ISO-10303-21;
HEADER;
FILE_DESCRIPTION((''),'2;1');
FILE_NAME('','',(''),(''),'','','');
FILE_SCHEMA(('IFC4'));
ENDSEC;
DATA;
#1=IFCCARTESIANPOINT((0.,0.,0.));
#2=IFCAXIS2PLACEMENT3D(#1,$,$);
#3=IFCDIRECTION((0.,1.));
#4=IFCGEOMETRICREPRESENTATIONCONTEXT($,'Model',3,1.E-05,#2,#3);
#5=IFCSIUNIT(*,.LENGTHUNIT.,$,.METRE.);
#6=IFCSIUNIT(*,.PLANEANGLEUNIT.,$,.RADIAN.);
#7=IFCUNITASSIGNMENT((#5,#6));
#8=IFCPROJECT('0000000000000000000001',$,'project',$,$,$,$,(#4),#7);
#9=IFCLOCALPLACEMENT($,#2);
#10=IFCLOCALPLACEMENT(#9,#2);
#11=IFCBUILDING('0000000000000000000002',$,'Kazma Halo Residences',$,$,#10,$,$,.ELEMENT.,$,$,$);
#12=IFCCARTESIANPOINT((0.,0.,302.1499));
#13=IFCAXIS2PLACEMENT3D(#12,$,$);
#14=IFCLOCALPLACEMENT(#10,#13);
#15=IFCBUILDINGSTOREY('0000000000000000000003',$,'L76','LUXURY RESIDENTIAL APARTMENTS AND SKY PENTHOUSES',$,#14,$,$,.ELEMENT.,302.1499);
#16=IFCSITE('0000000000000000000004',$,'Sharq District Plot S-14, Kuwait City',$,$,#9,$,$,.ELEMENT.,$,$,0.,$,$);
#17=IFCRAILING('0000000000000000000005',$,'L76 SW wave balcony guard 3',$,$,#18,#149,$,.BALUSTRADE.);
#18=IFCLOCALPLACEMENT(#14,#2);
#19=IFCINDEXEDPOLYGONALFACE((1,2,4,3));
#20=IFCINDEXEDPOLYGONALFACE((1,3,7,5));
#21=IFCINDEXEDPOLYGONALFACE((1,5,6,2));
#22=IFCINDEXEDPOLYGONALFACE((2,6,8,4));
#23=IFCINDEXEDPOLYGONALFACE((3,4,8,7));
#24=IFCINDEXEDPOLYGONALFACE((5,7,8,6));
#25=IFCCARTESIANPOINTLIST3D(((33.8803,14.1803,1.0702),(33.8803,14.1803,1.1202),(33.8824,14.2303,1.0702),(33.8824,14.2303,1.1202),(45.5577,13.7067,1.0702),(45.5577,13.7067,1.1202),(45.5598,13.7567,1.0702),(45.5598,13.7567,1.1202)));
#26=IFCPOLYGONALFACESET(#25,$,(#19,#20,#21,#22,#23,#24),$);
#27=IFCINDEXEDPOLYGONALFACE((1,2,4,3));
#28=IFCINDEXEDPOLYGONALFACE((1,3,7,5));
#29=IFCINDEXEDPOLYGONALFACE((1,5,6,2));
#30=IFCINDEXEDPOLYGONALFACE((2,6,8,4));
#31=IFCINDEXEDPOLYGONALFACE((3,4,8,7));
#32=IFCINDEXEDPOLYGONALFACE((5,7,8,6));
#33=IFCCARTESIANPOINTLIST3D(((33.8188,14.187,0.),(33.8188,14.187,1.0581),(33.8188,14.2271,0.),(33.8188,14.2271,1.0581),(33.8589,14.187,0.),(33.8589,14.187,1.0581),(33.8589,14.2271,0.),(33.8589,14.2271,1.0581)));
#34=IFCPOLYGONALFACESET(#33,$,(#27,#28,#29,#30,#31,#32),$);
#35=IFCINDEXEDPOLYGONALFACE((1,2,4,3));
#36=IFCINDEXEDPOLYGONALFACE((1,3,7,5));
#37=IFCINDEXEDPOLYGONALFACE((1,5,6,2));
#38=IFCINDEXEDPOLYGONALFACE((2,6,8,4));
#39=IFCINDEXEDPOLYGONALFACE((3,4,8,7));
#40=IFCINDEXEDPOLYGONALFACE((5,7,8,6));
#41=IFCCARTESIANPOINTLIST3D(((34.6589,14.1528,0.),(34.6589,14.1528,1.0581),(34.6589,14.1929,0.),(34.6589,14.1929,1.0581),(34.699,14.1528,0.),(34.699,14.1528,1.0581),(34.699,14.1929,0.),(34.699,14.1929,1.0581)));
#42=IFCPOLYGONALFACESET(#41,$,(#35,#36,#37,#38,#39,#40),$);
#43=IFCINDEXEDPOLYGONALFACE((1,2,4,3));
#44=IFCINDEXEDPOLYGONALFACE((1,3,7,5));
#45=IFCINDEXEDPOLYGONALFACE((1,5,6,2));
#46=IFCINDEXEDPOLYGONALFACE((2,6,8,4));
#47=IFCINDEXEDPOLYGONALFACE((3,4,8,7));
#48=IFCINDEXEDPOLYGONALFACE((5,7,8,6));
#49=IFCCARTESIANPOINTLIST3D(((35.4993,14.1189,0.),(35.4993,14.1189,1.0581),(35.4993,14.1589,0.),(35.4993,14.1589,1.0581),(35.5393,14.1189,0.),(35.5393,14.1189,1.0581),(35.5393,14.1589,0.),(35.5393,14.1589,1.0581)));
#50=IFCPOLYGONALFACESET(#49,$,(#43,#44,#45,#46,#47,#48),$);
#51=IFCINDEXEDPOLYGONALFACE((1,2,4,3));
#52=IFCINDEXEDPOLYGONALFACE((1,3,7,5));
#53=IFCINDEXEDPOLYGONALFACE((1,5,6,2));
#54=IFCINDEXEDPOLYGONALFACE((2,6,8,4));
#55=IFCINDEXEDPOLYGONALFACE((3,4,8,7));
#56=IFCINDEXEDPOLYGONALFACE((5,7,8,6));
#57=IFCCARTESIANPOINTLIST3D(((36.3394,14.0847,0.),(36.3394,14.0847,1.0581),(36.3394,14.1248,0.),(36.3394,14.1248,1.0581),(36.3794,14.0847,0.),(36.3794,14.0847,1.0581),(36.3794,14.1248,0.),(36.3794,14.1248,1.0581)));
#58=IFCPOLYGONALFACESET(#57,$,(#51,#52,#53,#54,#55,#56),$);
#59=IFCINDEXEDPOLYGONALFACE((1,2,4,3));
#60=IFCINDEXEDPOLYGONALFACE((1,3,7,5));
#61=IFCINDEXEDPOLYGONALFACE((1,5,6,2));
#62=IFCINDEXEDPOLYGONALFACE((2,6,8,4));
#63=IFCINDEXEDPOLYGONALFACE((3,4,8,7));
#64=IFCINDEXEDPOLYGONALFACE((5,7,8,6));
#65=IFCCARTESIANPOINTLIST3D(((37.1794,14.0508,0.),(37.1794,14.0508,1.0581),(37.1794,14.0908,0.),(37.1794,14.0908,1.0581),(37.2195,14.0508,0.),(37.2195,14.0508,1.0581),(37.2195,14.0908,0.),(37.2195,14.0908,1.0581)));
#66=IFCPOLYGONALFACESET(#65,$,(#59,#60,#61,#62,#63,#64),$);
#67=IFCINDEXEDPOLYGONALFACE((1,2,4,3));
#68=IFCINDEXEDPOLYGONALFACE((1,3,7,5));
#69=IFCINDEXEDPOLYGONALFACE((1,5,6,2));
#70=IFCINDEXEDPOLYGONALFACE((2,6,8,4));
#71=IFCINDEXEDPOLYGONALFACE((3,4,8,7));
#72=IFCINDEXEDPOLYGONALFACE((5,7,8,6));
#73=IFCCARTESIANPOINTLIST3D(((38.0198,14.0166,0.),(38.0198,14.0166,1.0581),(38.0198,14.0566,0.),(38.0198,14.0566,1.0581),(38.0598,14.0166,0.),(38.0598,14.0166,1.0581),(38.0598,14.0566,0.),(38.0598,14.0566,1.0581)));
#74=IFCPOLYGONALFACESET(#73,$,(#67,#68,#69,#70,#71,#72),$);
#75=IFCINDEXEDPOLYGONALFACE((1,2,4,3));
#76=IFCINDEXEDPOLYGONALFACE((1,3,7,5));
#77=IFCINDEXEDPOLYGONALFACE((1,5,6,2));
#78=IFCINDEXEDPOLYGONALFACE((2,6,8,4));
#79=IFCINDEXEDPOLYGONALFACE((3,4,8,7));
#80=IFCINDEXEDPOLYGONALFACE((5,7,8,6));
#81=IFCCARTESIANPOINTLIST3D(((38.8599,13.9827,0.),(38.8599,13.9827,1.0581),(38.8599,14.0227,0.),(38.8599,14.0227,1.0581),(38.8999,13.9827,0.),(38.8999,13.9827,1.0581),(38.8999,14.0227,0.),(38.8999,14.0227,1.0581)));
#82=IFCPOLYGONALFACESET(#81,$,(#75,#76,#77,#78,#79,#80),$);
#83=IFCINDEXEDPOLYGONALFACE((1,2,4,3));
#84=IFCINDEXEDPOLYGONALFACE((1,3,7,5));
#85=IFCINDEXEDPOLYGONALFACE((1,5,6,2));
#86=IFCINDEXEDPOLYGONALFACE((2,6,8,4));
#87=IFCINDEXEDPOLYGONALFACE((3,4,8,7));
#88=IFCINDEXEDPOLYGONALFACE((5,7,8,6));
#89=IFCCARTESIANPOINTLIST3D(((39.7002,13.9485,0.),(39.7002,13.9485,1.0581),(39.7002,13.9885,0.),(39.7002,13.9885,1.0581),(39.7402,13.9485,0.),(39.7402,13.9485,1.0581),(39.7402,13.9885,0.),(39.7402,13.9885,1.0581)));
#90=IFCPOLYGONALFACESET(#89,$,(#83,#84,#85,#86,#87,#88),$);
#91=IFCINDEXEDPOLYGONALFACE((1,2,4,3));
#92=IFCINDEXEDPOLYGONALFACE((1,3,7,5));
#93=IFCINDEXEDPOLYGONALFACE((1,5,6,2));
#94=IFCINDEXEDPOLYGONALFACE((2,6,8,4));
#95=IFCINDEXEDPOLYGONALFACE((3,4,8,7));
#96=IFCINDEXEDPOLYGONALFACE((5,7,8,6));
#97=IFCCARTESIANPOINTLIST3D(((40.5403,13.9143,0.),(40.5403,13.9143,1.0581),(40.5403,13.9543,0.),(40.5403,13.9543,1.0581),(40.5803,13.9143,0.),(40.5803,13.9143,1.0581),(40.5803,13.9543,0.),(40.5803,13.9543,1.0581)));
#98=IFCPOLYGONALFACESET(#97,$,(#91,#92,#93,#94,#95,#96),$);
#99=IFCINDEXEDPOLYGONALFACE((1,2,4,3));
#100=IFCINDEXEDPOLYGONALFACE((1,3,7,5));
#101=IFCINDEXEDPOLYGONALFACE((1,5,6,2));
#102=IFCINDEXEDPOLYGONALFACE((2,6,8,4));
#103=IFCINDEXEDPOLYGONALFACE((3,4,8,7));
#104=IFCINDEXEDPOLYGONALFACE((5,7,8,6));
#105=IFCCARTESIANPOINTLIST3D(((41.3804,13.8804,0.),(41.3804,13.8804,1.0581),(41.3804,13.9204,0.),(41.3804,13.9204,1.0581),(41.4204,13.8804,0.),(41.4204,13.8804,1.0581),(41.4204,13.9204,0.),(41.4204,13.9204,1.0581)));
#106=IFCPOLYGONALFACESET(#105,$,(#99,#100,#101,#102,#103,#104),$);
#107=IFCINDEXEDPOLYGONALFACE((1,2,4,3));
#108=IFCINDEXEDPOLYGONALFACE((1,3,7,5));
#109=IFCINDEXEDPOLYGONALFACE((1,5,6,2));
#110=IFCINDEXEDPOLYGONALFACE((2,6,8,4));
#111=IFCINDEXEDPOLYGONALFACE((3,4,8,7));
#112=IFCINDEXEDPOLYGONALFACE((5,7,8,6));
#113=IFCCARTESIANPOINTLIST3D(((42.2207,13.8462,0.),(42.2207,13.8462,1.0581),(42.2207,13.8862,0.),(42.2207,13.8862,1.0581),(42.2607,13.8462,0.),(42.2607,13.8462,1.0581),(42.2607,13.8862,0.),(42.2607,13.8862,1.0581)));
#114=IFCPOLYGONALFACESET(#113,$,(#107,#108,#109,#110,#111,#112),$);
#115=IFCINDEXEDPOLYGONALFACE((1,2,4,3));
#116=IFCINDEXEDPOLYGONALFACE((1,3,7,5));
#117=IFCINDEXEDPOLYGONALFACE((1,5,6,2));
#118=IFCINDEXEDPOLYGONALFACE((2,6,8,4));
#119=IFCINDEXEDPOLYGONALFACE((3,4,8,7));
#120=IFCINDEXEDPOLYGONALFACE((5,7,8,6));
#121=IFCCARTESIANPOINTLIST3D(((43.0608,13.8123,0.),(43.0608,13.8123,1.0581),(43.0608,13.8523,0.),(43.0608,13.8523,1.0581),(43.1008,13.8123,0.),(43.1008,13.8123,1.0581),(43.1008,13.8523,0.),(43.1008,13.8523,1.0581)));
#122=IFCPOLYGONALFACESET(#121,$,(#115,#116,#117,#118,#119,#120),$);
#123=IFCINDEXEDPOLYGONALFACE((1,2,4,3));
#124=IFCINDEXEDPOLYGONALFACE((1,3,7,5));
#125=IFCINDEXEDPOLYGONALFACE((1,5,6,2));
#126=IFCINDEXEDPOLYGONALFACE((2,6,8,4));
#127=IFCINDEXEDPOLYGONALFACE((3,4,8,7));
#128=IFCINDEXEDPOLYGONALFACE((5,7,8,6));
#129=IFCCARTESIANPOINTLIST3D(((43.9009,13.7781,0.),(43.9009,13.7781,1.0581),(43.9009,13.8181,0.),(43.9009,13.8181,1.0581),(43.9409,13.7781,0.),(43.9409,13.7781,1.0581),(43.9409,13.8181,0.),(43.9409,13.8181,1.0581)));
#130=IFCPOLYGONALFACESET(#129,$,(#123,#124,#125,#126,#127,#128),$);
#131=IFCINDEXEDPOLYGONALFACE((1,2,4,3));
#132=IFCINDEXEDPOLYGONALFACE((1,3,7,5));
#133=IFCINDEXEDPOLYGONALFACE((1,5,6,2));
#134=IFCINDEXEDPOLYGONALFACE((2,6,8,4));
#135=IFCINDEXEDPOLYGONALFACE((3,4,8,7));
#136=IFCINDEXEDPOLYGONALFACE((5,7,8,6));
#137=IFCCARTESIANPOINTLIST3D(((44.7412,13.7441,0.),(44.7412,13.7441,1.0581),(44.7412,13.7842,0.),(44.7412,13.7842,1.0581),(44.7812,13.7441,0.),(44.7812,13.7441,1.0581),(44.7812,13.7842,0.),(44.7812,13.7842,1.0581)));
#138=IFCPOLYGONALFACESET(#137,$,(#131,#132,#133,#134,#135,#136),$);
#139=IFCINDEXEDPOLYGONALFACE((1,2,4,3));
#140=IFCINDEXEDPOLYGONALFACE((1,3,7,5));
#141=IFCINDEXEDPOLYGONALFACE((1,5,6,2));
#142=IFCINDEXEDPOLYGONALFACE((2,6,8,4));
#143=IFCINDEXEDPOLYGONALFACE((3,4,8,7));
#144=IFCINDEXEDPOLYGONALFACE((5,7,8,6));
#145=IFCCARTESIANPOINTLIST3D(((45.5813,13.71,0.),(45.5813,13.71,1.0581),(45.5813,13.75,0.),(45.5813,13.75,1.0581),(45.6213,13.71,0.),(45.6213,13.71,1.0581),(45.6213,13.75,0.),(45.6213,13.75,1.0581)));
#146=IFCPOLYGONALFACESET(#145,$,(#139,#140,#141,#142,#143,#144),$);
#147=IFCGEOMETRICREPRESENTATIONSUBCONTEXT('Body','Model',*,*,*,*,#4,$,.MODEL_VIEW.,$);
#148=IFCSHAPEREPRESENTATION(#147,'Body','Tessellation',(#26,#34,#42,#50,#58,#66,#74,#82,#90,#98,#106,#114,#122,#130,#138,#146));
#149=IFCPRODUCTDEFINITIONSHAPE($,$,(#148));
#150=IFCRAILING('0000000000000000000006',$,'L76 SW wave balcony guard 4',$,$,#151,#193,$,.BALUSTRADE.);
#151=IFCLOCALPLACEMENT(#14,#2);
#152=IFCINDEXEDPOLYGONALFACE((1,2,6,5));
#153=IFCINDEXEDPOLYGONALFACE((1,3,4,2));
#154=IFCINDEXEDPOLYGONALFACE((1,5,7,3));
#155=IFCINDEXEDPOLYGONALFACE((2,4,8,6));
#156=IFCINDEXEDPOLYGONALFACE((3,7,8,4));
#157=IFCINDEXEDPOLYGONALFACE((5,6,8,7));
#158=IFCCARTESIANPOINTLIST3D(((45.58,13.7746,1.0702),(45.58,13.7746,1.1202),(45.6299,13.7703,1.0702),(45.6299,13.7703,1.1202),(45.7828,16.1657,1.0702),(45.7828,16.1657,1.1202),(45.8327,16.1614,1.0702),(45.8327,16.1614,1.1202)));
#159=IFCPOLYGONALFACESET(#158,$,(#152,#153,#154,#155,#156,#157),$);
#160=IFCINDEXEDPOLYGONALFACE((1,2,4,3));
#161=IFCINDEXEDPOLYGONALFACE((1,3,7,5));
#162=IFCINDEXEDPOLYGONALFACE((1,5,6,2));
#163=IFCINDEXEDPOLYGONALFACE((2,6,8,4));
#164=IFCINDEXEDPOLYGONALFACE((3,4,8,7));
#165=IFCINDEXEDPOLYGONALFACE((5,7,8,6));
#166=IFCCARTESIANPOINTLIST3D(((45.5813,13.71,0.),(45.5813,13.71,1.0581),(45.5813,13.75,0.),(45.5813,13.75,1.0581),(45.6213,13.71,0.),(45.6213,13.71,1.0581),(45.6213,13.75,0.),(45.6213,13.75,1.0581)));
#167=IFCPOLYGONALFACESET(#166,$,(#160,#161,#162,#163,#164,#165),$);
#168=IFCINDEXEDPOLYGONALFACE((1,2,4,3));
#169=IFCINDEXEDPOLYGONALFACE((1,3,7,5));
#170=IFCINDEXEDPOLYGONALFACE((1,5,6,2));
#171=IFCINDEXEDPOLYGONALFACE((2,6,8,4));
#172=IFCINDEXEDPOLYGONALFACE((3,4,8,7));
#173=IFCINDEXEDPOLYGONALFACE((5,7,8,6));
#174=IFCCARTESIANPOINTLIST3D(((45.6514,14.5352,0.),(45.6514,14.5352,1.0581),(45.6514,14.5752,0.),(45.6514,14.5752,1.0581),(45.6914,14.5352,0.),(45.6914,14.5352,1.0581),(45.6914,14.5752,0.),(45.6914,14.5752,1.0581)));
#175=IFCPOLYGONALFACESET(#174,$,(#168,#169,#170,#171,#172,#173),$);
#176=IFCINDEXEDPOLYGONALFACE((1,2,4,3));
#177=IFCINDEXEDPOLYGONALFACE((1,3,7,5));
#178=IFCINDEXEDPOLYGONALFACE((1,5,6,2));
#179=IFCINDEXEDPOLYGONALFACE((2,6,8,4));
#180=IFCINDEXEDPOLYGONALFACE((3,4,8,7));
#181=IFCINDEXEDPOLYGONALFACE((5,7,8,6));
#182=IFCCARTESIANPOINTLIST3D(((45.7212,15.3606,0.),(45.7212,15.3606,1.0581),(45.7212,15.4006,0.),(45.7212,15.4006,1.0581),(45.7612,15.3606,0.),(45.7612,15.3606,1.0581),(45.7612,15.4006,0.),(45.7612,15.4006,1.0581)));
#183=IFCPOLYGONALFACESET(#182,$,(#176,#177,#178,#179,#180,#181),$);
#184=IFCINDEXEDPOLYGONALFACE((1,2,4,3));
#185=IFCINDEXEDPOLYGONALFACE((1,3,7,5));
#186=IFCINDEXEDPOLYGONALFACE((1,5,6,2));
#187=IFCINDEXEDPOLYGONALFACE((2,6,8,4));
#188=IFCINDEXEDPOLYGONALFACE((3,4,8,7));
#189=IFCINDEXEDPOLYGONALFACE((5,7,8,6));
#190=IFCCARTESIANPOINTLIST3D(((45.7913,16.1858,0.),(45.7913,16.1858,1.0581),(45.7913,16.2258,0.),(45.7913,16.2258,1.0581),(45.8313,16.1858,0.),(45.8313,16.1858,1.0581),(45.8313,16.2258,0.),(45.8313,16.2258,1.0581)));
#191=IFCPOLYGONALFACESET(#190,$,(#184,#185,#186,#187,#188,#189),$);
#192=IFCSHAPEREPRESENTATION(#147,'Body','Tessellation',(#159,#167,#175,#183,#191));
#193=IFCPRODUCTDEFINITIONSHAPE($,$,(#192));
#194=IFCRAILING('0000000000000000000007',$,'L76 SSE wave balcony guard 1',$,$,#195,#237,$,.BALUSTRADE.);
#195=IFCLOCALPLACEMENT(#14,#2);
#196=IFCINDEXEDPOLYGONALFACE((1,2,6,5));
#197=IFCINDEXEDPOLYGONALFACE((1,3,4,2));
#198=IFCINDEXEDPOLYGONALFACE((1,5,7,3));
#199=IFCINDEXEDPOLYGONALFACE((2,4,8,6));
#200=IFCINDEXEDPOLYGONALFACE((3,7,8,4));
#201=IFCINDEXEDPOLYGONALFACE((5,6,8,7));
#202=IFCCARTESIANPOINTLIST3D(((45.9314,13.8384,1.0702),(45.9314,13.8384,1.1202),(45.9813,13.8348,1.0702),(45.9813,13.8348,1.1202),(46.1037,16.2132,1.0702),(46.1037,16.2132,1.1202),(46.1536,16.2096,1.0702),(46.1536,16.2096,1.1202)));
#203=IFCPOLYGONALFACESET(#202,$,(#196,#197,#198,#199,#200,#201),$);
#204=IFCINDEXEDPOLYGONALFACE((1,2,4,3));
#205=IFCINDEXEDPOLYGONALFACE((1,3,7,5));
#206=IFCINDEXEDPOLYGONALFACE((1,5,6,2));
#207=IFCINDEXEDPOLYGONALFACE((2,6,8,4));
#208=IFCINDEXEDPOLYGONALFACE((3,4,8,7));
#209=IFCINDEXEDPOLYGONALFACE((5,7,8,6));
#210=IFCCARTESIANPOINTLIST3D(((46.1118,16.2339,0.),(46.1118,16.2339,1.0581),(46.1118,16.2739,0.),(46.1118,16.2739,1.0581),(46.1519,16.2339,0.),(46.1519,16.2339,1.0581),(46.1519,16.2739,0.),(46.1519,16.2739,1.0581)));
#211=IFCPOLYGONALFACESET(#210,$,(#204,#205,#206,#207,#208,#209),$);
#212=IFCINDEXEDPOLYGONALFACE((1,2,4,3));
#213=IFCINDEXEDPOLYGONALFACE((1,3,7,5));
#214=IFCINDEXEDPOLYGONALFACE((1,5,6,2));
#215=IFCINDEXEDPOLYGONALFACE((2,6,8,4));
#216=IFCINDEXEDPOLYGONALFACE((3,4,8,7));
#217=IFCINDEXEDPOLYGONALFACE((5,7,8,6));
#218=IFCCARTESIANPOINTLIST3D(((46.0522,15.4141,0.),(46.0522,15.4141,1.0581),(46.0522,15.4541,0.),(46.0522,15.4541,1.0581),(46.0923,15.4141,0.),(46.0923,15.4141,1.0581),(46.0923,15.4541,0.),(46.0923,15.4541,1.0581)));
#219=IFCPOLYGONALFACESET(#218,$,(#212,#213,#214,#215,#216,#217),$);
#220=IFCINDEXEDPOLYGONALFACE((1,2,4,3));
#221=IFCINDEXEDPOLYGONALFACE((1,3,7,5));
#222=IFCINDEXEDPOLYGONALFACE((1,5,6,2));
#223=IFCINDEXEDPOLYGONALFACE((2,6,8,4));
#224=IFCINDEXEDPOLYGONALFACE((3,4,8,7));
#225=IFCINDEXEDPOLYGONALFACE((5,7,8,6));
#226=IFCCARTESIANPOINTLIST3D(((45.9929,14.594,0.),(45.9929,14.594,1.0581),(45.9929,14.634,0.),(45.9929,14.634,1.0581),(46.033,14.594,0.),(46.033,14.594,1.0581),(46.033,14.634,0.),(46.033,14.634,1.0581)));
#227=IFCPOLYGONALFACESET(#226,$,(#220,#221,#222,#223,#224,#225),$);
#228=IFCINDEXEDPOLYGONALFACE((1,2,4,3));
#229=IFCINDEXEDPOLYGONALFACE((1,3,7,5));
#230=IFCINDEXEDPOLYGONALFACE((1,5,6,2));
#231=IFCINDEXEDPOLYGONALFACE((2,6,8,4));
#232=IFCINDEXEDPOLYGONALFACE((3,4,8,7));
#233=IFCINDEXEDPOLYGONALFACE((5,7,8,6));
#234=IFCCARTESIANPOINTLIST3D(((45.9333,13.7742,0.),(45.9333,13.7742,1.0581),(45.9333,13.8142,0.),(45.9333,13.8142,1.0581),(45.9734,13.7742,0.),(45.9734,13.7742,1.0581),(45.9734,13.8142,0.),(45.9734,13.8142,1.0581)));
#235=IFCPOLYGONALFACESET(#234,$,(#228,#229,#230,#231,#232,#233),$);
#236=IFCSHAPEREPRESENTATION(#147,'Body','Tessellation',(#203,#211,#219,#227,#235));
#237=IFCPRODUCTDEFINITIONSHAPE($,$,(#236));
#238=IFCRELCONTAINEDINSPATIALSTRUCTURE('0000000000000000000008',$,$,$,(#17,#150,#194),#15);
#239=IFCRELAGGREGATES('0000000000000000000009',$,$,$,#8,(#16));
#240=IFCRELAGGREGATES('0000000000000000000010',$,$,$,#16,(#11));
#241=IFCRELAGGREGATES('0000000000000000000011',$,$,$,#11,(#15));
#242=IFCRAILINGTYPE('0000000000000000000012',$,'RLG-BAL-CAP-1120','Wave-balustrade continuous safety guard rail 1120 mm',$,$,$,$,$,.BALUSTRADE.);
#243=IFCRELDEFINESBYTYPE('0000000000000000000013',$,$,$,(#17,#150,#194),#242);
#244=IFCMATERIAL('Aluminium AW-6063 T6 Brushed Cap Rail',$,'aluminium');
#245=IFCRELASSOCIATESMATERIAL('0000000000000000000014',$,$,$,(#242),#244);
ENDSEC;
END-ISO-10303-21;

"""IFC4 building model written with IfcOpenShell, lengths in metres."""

from ifc_helpers import new_model, si_unit, direction, frame, origin, origin_2d, place, context, subcontext, project, spatial, rectangle, extrude, material, type_object, element, save


model = new_model("IFC4")

# Units and contexts
model_context = context("Model", 3, precision=1e-05, world=origin(), true_north=direction((0.0, 1.0)))
body_context = subcontext(model_context, "Body", "Model", "MODEL_VIEW")
ifc_project = project(units=[si_unit("LENGTHUNIT", "METRE"), si_unit("PLANEANGLEUNIT", "RADIAN")], contexts=[model_context])

# Site, building, storey
site_placement = place(None, origin())
site = spatial("IfcSite", under=ifc_project, at=site_placement, Name="Sharq District Plot S-14, Kuwait City", CompositionType="ELEMENT", RefElevation=0.0)
building_placement = place(site_placement, origin())
building = spatial("IfcBuilding", under=site, at=building_placement, Name="Kazma Halo Residences", CompositionType="ELEMENT")
storey_placement = place(building_placement, frame((0.0, 0.0, 302.1499)))
storey = spatial("IfcBuildingStorey", under=building, at=storey_placement, Name="L76", Description="LUXURY RESIDENTIAL APARTMENTS AND SKY PENTHOUSES", CompositionType="ELEMENT", Elevation=302.1499)

# Railings
ifc_material_1 = material(Name="Aluminium AW-6063 T6 Brushed Cap Rail", Category="aluminium")
railing_type = type_object("IfcRailingType", Name="RLG-BAL-CAP-1120", Description="Wave-balustrade continuous safety guard rail 1120 mm", PredefinedType="BALUSTRADE", material=ifc_material_1)
railing_1_placement = place(storey_placement, frame((33.8389, 14.207, 0.0)))
element("IfcRailing", 1, at=railing_1_placement, inside=storey, type_object=railing_type, Name="L76 SW wave balcony guard 3", PredefinedType="BALUSTRADE", context=body_context, shape_type="SweptSolid", body=[
    extrude(rectangle(XDim=0.05, YDim=0.05, at=origin_2d()), frame((0.0425, -0.0017, 1.0952), z_axis=(0.999179, -0.040524, 0.0), x_axis=(0.040524, 0.999179, 0.0)), (0.0, 0.0, 1.0), 11.687),
    extrude(rectangle(XDim=0.04, YDim=0.04, at=origin_2d()), origin(), (0.0, 0.0, 1.0), 1.0581),
    extrude(rectangle(XDim=0.04, YDim=0.04, at=origin_2d()), frame((0.8401, -0.0342, 0.0)), (0.0, 0.0, 1.0), 1.0581),
    extrude(rectangle(XDim=0.04, YDim=0.04, at=origin_2d()), frame((1.6804, -0.0681, 0.0)), (0.0, 0.0, 1.0), 1.0581),
    extrude(rectangle(XDim=0.04, YDim=0.04, at=origin_2d()), frame((2.5205, -0.1023, 0.0)), (0.0, 0.0, 1.0), 1.0581),
    extrude(rectangle(XDim=0.04, YDim=0.04, at=origin_2d()), frame((3.3606, -0.1362, 0.0)), (0.0, 0.0, 1.0), 1.0581),
    extrude(rectangle(XDim=0.04, YDim=0.04, at=origin_2d()), frame((4.2009, -0.1704, 0.0)), (0.0, 0.0, 1.0), 1.0581),
    extrude(rectangle(XDim=0.04, YDim=0.04, at=origin_2d()), frame((5.041, -0.2043, 0.0)), (0.0, 0.0, 1.0), 1.0581),
    extrude(rectangle(XDim=0.04, YDim=0.04, at=origin_2d()), frame((5.8813, -0.2385, 0.0)), (0.0, 0.0, 1.0), 1.0581),
    extrude(rectangle(XDim=0.04, YDim=0.04, at=origin_2d()), frame((6.7214, -0.2727, 0.0)), (0.0, 0.0, 1.0), 1.0581),
    extrude(rectangle(XDim=0.04, YDim=0.04, at=origin_2d()), frame((7.5615, -0.3066, 0.0)), (0.0, 0.0, 1.0), 1.0581),
    extrude(rectangle(XDim=0.04, YDim=0.04, at=origin_2d()), frame((8.4019, -0.3408, 0.0)), (0.0, 0.0, 1.0), 1.0581),
    extrude(rectangle(XDim=0.04, YDim=0.04, at=origin_2d()), frame((9.2419, -0.3748, 0.0)), (0.0, 0.0, 1.0), 1.0581),
    extrude(rectangle(XDim=0.04, YDim=0.04, at=origin_2d()), frame((10.082, -0.4089, 0.0)), (0.0, 0.0, 1.0), 1.0581),
    extrude(rectangle(XDim=0.04, YDim=0.04, at=origin_2d()), frame((10.9224, -0.4429, 0.0)), (0.0, 0.0, 1.0), 1.0581),
    extrude(rectangle(XDim=0.04, YDim=0.04, at=origin_2d()), frame((11.7625, -0.4771, 0.0)), (0.0, 0.0, 1.0), 1.0581),
])
railing_2_placement = place(storey_placement, frame((45.6013, 13.73, 0.0)))
element("IfcRailing", 2, at=railing_2_placement, inside=storey, type_object=railing_type, Name="L76 SW wave balcony guard 4", PredefinedType="BALUSTRADE", context=body_context, shape_type="SweptSolid", body=[
    extrude(rectangle(XDim=0.05, YDim=0.05, at=origin_2d()), frame((0.0037, 0.0425, 1.0952), z_axis=(0.084501, 0.996423, 0.0), x_axis=(-0.996423, 0.084501, 0.0)), (0.0, 0.0, 1.0), 2.3997),
    extrude(rectangle(XDim=0.04, YDim=0.04, at=origin_2d()), origin(), (0.0, 0.0, 1.0), 1.0581),
    extrude(rectangle(XDim=0.04, YDim=0.04, at=origin_2d()), frame((0.0701, 0.8252, 0.0)), (0.0, 0.0, 1.0), 1.0581),
    extrude(rectangle(XDim=0.04, YDim=0.04, at=origin_2d()), frame((0.1399, 1.6506, 0.0)), (0.0, 0.0, 1.0), 1.0581),
    extrude(rectangle(XDim=0.04, YDim=0.04, at=origin_2d()), frame((0.21, 2.4758, 0.0)), (0.0, 0.0, 1.0), 1.0581),
])
railing_3_placement = place(storey_placement, frame((46.1318, 16.2539, 0.0)))
element("IfcRailing", 3, at=railing_3_placement, inside=storey, type_object=railing_type, Name="L76 SSE wave balcony guard 1", PredefinedType="BALUSTRADE", context=body_context, shape_type="SweptSolid", body=[
    extrude(rectangle(XDim=0.05, YDim=0.05, at=origin_2d()), frame((-0.0032, -0.0425, 1.0952), z_axis=(-0.072366, -0.997378, 0.0), x_axis=(0.997378, -0.072366, 0.0)), (0.0, 0.0, 1.0), 2.3811),
    extrude(rectangle(XDim=0.04, YDim=0.04, at=origin_2d()), origin(), (0.0, 0.0, 1.0), 1.0581),
    extrude(rectangle(XDim=0.04, YDim=0.04, at=origin_2d()), frame((-0.0596, -0.8198, 0.0)), (0.0, 0.0, 1.0), 1.0581),
    extrude(rectangle(XDim=0.04, YDim=0.04, at=origin_2d()), frame((-0.1189, -1.6399, 0.0)), (0.0, 0.0, 1.0), 1.0581),
    extrude(rectangle(XDim=0.04, YDim=0.04, at=origin_2d()), frame((-0.1785, -2.4597, 0.0)), (0.0, 0.0, 1.0), 1.0581),
])

save(model, "model.ifc")
